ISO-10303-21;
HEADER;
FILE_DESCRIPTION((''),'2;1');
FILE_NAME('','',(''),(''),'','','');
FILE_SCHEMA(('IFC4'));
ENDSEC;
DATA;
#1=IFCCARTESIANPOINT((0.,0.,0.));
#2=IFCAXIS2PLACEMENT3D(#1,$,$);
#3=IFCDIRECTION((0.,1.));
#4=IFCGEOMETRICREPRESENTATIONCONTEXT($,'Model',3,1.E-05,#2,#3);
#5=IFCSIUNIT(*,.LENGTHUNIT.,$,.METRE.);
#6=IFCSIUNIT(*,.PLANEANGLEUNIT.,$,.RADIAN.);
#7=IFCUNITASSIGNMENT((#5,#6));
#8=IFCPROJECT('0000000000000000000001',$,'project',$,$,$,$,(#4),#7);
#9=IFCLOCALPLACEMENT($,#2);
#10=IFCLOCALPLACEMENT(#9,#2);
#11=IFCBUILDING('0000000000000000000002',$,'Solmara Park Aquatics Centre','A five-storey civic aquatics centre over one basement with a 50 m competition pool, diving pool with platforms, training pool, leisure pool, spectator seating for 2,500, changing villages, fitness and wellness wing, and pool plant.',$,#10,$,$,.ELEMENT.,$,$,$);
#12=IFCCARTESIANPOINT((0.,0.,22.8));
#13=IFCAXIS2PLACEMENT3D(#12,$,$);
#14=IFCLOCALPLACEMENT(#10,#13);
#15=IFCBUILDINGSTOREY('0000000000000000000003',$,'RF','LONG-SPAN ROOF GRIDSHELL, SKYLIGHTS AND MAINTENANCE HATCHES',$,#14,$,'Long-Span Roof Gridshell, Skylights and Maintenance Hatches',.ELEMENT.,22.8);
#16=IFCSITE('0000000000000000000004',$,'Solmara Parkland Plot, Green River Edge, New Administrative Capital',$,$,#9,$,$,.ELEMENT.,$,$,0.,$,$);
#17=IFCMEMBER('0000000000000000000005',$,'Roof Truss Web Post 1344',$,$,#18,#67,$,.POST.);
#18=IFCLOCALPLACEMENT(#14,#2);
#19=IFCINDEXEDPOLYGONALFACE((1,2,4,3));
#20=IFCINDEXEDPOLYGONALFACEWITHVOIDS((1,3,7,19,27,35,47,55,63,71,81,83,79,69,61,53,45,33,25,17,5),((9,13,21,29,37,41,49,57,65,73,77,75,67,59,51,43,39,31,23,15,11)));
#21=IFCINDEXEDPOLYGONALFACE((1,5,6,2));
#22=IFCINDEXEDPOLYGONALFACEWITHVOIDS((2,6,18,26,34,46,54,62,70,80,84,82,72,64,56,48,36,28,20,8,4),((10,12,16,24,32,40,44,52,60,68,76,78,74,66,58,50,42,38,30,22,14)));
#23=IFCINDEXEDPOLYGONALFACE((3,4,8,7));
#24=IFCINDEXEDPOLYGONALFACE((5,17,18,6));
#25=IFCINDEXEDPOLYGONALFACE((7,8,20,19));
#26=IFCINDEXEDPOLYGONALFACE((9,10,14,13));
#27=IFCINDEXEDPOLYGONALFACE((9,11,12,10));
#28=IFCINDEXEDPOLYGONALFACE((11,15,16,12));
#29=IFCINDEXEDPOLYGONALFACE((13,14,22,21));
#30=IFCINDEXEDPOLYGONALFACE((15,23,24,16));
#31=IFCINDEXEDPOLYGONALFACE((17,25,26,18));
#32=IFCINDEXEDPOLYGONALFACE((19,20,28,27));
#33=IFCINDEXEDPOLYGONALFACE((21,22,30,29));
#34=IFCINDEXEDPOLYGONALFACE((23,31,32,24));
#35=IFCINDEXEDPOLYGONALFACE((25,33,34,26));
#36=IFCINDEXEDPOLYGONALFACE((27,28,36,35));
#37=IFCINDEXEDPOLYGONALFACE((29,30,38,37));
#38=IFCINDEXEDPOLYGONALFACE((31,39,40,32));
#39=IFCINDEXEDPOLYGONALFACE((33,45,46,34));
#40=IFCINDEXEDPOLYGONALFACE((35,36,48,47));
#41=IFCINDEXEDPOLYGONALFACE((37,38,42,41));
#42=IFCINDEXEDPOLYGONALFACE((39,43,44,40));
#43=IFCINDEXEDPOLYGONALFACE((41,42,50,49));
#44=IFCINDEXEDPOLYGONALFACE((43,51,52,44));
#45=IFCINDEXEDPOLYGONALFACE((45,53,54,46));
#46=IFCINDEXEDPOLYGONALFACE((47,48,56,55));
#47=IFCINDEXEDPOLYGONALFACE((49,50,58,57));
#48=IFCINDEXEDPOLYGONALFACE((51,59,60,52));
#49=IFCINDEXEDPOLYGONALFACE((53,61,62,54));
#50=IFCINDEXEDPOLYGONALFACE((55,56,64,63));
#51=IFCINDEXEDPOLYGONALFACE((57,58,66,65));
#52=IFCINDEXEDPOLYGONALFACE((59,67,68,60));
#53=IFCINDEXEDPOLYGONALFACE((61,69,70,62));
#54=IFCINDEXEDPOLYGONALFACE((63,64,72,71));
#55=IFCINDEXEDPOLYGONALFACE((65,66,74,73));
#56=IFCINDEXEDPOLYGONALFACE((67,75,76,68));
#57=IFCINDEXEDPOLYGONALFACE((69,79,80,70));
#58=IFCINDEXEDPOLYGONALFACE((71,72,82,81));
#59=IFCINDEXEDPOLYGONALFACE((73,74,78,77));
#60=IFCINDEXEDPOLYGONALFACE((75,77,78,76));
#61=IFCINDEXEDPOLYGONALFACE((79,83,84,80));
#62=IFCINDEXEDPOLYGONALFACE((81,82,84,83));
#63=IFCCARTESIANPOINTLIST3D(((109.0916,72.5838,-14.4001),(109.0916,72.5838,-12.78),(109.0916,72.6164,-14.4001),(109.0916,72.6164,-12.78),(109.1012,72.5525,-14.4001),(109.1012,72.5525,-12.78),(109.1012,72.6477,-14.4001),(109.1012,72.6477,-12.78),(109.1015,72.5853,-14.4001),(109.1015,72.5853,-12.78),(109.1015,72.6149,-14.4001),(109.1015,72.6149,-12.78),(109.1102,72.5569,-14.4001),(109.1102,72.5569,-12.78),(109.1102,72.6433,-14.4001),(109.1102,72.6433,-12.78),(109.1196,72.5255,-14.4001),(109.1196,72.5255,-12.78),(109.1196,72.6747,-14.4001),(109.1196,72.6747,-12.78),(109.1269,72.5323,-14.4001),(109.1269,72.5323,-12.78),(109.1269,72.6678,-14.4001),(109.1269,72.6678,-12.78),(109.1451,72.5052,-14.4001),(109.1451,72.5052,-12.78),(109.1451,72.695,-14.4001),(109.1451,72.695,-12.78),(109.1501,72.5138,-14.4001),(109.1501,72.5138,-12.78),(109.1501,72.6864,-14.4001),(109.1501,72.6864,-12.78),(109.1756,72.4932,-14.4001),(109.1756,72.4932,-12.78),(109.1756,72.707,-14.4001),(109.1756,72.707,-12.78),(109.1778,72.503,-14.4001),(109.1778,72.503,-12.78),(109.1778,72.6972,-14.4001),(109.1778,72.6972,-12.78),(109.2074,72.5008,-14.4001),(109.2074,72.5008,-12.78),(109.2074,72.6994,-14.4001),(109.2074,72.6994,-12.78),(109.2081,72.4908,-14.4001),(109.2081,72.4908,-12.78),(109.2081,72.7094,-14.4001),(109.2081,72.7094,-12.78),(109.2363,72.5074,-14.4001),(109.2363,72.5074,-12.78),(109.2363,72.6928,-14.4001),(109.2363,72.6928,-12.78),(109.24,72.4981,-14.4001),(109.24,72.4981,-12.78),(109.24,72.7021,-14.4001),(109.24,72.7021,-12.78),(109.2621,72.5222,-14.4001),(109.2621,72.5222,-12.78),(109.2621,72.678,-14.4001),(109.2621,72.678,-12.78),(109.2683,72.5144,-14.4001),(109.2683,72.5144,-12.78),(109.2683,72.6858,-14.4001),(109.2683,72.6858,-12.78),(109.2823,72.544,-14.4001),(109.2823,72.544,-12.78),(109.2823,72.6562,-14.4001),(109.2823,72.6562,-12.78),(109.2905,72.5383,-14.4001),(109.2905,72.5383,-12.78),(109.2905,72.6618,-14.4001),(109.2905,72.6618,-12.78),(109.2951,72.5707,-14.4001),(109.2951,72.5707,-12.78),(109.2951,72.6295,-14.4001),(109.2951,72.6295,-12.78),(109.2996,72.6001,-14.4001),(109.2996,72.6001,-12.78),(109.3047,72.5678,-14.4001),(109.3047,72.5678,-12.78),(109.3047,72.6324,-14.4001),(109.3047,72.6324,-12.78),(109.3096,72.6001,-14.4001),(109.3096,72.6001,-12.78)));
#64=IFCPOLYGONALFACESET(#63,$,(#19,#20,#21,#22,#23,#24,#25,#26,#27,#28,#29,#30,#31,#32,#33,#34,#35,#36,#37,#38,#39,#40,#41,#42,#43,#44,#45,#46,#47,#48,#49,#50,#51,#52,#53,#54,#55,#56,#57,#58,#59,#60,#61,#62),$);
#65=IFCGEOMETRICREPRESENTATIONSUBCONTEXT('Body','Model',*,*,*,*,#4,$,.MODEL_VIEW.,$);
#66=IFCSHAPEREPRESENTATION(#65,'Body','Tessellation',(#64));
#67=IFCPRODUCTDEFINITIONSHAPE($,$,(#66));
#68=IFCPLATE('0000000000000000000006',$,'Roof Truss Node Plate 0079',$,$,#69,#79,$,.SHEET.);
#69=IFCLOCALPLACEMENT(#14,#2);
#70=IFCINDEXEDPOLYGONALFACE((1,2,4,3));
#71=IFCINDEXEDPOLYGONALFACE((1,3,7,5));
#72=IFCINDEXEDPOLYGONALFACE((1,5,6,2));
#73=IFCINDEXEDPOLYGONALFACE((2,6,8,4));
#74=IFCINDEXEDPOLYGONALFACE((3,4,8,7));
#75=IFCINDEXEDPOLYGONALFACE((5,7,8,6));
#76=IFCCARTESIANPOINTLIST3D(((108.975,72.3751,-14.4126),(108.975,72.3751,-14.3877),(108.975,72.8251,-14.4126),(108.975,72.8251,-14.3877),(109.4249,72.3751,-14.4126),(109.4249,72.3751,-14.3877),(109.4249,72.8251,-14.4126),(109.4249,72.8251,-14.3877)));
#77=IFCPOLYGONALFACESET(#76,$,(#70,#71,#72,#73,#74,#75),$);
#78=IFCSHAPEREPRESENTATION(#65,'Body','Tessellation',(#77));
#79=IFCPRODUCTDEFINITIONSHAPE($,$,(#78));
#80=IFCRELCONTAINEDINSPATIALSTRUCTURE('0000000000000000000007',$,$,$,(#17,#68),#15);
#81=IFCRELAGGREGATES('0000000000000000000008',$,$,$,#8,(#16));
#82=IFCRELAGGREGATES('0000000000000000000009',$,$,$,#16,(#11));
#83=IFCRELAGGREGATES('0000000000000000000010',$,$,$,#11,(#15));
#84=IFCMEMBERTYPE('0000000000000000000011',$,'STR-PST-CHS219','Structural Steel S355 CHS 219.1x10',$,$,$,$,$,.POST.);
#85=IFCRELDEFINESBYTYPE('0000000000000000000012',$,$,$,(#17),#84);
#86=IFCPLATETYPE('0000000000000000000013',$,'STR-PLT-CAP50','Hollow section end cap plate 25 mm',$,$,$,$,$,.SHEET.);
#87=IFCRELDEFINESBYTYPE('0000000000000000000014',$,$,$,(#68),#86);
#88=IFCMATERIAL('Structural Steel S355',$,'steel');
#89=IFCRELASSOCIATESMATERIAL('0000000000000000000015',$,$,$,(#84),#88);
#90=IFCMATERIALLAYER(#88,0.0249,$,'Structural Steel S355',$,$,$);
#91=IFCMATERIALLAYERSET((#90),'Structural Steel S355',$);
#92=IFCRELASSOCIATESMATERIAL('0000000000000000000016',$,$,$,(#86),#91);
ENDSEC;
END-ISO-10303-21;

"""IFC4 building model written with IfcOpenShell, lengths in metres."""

from ifc_helpers import new_model, si_unit, direction, frame, origin, origin_2d, place, context, subcontext, project, spatial, rectangle, hollow_circle, extrude, material, layer, layer_set, material_profile, profile_set, type_object, element, save


model = new_model("IFC4")

# Units and contexts
model_context = context("Model", 3, precision=1e-05, world=origin(), true_north=direction((0.0, 1.0)))
body_context = subcontext(model_context, "Body", "Model", "MODEL_VIEW")
ifc_project = project(units=[si_unit("LENGTHUNIT", "METRE"), si_unit("PLANEANGLEUNIT", "RADIAN")], contexts=[model_context])

# Site, building, storey
site_placement = place(None, origin())
site = spatial("IfcSite", under=ifc_project, at=site_placement, Name="Solmara Parkland Plot, Green River Edge, New Administrative Capital", CompositionType="ELEMENT", RefElevation=0.0)
building_placement = place(site_placement, origin())
building = spatial("IfcBuilding", under=site, at=building_placement, Name="Solmara Park Aquatics Centre", Description="A five-storey civic aquatics centre over one basement with a 50 m competition pool, diving pool with platforms, training pool, leisure pool, spectator seating for 2,500, changing villages, fitness and wellness wing, and pool plant.", CompositionType="ELEMENT")
storey_placement = place(building_placement, frame((0.0, 0.0, 22.8)))
storey = spatial("IfcBuildingStorey", under=building, at=storey_placement, Name="RF", Description="LONG-SPAN ROOF GRIDSHELL, SKYLIGHTS AND MAINTENANCE HATCHES", LongName="Long-Span Roof Gridshell, Skylights and Maintenance Hatches", CompositionType="ELEMENT", Elevation=22.8)

# Member
ifc_material_1 = material(Name="Structural Steel S355", Category="steel")
ifc_material_profile_1 = material_profile(ifc_material_1, hollow_circle(Radius=0.1096, WallThickness=0.01, at=origin_2d()), Name="CHS 219.1x10")
ifc_profile_set_1 = profile_set([ifc_material_profile_1], Name="Structural Steel S355")
member_type_1 = type_object("IfcMemberType", Name="STR-PST-CHS219", Description="Structural Steel S355 CHS 219.1x10", PredefinedType="POST", material=ifc_profile_set_1)
for number, where, z_axis, x_axis, name in (
    (1, (109.2, 72.6001, -14.4001), (0.0, 0.0, 1.0), (1.0, 0.0, 0.0), "Roof Truss Web Post 1344"),
):
    element("IfcMember", number, at=place(storey_placement, frame(where, z_axis=z_axis, x_axis=x_axis)), inside=storey, type_object=member_type_1, Name=name, PredefinedType="POST", context=body_context, shape_type="SweptSolid", body=[
        extrude(hollow_circle(Radius=0.1096, WallThickness=0.01, at=origin_2d()), origin(), (0.0, 0.0, 1.0), 1.6201),
    ])

# Plate
ifc_layer = layer(ifc_material_1, 0.0249, Name="Structural Steel S355")
ifc_layer_set = layer_set([ifc_layer], Name="Structural Steel S355")
plate_type = type_object("IfcPlateType", Name="STR-PLT-CAP50", Description="Hollow section end cap plate 25 mm", PredefinedType="SHEET", material=ifc_layer_set)
plate_placement = place(storey_placement, frame((109.2, 72.6001, -14.4126), z_axis=(0.0, 0.0, 1.0), x_axis=(1.0, 0.0, 0.0)))
element("IfcPlate", 2, at=plate_placement, inside=storey, type_object=plate_type, Name="Roof Truss Node Plate 0079", PredefinedType="SHEET", context=body_context, shape_type="SweptSolid", body=[
    extrude(rectangle(XDim=0.45, YDim=0.45, at=origin_2d()), origin(), (0.0, 0.0, 1.0), 0.0249),
])

save(model, "model.ifc")
